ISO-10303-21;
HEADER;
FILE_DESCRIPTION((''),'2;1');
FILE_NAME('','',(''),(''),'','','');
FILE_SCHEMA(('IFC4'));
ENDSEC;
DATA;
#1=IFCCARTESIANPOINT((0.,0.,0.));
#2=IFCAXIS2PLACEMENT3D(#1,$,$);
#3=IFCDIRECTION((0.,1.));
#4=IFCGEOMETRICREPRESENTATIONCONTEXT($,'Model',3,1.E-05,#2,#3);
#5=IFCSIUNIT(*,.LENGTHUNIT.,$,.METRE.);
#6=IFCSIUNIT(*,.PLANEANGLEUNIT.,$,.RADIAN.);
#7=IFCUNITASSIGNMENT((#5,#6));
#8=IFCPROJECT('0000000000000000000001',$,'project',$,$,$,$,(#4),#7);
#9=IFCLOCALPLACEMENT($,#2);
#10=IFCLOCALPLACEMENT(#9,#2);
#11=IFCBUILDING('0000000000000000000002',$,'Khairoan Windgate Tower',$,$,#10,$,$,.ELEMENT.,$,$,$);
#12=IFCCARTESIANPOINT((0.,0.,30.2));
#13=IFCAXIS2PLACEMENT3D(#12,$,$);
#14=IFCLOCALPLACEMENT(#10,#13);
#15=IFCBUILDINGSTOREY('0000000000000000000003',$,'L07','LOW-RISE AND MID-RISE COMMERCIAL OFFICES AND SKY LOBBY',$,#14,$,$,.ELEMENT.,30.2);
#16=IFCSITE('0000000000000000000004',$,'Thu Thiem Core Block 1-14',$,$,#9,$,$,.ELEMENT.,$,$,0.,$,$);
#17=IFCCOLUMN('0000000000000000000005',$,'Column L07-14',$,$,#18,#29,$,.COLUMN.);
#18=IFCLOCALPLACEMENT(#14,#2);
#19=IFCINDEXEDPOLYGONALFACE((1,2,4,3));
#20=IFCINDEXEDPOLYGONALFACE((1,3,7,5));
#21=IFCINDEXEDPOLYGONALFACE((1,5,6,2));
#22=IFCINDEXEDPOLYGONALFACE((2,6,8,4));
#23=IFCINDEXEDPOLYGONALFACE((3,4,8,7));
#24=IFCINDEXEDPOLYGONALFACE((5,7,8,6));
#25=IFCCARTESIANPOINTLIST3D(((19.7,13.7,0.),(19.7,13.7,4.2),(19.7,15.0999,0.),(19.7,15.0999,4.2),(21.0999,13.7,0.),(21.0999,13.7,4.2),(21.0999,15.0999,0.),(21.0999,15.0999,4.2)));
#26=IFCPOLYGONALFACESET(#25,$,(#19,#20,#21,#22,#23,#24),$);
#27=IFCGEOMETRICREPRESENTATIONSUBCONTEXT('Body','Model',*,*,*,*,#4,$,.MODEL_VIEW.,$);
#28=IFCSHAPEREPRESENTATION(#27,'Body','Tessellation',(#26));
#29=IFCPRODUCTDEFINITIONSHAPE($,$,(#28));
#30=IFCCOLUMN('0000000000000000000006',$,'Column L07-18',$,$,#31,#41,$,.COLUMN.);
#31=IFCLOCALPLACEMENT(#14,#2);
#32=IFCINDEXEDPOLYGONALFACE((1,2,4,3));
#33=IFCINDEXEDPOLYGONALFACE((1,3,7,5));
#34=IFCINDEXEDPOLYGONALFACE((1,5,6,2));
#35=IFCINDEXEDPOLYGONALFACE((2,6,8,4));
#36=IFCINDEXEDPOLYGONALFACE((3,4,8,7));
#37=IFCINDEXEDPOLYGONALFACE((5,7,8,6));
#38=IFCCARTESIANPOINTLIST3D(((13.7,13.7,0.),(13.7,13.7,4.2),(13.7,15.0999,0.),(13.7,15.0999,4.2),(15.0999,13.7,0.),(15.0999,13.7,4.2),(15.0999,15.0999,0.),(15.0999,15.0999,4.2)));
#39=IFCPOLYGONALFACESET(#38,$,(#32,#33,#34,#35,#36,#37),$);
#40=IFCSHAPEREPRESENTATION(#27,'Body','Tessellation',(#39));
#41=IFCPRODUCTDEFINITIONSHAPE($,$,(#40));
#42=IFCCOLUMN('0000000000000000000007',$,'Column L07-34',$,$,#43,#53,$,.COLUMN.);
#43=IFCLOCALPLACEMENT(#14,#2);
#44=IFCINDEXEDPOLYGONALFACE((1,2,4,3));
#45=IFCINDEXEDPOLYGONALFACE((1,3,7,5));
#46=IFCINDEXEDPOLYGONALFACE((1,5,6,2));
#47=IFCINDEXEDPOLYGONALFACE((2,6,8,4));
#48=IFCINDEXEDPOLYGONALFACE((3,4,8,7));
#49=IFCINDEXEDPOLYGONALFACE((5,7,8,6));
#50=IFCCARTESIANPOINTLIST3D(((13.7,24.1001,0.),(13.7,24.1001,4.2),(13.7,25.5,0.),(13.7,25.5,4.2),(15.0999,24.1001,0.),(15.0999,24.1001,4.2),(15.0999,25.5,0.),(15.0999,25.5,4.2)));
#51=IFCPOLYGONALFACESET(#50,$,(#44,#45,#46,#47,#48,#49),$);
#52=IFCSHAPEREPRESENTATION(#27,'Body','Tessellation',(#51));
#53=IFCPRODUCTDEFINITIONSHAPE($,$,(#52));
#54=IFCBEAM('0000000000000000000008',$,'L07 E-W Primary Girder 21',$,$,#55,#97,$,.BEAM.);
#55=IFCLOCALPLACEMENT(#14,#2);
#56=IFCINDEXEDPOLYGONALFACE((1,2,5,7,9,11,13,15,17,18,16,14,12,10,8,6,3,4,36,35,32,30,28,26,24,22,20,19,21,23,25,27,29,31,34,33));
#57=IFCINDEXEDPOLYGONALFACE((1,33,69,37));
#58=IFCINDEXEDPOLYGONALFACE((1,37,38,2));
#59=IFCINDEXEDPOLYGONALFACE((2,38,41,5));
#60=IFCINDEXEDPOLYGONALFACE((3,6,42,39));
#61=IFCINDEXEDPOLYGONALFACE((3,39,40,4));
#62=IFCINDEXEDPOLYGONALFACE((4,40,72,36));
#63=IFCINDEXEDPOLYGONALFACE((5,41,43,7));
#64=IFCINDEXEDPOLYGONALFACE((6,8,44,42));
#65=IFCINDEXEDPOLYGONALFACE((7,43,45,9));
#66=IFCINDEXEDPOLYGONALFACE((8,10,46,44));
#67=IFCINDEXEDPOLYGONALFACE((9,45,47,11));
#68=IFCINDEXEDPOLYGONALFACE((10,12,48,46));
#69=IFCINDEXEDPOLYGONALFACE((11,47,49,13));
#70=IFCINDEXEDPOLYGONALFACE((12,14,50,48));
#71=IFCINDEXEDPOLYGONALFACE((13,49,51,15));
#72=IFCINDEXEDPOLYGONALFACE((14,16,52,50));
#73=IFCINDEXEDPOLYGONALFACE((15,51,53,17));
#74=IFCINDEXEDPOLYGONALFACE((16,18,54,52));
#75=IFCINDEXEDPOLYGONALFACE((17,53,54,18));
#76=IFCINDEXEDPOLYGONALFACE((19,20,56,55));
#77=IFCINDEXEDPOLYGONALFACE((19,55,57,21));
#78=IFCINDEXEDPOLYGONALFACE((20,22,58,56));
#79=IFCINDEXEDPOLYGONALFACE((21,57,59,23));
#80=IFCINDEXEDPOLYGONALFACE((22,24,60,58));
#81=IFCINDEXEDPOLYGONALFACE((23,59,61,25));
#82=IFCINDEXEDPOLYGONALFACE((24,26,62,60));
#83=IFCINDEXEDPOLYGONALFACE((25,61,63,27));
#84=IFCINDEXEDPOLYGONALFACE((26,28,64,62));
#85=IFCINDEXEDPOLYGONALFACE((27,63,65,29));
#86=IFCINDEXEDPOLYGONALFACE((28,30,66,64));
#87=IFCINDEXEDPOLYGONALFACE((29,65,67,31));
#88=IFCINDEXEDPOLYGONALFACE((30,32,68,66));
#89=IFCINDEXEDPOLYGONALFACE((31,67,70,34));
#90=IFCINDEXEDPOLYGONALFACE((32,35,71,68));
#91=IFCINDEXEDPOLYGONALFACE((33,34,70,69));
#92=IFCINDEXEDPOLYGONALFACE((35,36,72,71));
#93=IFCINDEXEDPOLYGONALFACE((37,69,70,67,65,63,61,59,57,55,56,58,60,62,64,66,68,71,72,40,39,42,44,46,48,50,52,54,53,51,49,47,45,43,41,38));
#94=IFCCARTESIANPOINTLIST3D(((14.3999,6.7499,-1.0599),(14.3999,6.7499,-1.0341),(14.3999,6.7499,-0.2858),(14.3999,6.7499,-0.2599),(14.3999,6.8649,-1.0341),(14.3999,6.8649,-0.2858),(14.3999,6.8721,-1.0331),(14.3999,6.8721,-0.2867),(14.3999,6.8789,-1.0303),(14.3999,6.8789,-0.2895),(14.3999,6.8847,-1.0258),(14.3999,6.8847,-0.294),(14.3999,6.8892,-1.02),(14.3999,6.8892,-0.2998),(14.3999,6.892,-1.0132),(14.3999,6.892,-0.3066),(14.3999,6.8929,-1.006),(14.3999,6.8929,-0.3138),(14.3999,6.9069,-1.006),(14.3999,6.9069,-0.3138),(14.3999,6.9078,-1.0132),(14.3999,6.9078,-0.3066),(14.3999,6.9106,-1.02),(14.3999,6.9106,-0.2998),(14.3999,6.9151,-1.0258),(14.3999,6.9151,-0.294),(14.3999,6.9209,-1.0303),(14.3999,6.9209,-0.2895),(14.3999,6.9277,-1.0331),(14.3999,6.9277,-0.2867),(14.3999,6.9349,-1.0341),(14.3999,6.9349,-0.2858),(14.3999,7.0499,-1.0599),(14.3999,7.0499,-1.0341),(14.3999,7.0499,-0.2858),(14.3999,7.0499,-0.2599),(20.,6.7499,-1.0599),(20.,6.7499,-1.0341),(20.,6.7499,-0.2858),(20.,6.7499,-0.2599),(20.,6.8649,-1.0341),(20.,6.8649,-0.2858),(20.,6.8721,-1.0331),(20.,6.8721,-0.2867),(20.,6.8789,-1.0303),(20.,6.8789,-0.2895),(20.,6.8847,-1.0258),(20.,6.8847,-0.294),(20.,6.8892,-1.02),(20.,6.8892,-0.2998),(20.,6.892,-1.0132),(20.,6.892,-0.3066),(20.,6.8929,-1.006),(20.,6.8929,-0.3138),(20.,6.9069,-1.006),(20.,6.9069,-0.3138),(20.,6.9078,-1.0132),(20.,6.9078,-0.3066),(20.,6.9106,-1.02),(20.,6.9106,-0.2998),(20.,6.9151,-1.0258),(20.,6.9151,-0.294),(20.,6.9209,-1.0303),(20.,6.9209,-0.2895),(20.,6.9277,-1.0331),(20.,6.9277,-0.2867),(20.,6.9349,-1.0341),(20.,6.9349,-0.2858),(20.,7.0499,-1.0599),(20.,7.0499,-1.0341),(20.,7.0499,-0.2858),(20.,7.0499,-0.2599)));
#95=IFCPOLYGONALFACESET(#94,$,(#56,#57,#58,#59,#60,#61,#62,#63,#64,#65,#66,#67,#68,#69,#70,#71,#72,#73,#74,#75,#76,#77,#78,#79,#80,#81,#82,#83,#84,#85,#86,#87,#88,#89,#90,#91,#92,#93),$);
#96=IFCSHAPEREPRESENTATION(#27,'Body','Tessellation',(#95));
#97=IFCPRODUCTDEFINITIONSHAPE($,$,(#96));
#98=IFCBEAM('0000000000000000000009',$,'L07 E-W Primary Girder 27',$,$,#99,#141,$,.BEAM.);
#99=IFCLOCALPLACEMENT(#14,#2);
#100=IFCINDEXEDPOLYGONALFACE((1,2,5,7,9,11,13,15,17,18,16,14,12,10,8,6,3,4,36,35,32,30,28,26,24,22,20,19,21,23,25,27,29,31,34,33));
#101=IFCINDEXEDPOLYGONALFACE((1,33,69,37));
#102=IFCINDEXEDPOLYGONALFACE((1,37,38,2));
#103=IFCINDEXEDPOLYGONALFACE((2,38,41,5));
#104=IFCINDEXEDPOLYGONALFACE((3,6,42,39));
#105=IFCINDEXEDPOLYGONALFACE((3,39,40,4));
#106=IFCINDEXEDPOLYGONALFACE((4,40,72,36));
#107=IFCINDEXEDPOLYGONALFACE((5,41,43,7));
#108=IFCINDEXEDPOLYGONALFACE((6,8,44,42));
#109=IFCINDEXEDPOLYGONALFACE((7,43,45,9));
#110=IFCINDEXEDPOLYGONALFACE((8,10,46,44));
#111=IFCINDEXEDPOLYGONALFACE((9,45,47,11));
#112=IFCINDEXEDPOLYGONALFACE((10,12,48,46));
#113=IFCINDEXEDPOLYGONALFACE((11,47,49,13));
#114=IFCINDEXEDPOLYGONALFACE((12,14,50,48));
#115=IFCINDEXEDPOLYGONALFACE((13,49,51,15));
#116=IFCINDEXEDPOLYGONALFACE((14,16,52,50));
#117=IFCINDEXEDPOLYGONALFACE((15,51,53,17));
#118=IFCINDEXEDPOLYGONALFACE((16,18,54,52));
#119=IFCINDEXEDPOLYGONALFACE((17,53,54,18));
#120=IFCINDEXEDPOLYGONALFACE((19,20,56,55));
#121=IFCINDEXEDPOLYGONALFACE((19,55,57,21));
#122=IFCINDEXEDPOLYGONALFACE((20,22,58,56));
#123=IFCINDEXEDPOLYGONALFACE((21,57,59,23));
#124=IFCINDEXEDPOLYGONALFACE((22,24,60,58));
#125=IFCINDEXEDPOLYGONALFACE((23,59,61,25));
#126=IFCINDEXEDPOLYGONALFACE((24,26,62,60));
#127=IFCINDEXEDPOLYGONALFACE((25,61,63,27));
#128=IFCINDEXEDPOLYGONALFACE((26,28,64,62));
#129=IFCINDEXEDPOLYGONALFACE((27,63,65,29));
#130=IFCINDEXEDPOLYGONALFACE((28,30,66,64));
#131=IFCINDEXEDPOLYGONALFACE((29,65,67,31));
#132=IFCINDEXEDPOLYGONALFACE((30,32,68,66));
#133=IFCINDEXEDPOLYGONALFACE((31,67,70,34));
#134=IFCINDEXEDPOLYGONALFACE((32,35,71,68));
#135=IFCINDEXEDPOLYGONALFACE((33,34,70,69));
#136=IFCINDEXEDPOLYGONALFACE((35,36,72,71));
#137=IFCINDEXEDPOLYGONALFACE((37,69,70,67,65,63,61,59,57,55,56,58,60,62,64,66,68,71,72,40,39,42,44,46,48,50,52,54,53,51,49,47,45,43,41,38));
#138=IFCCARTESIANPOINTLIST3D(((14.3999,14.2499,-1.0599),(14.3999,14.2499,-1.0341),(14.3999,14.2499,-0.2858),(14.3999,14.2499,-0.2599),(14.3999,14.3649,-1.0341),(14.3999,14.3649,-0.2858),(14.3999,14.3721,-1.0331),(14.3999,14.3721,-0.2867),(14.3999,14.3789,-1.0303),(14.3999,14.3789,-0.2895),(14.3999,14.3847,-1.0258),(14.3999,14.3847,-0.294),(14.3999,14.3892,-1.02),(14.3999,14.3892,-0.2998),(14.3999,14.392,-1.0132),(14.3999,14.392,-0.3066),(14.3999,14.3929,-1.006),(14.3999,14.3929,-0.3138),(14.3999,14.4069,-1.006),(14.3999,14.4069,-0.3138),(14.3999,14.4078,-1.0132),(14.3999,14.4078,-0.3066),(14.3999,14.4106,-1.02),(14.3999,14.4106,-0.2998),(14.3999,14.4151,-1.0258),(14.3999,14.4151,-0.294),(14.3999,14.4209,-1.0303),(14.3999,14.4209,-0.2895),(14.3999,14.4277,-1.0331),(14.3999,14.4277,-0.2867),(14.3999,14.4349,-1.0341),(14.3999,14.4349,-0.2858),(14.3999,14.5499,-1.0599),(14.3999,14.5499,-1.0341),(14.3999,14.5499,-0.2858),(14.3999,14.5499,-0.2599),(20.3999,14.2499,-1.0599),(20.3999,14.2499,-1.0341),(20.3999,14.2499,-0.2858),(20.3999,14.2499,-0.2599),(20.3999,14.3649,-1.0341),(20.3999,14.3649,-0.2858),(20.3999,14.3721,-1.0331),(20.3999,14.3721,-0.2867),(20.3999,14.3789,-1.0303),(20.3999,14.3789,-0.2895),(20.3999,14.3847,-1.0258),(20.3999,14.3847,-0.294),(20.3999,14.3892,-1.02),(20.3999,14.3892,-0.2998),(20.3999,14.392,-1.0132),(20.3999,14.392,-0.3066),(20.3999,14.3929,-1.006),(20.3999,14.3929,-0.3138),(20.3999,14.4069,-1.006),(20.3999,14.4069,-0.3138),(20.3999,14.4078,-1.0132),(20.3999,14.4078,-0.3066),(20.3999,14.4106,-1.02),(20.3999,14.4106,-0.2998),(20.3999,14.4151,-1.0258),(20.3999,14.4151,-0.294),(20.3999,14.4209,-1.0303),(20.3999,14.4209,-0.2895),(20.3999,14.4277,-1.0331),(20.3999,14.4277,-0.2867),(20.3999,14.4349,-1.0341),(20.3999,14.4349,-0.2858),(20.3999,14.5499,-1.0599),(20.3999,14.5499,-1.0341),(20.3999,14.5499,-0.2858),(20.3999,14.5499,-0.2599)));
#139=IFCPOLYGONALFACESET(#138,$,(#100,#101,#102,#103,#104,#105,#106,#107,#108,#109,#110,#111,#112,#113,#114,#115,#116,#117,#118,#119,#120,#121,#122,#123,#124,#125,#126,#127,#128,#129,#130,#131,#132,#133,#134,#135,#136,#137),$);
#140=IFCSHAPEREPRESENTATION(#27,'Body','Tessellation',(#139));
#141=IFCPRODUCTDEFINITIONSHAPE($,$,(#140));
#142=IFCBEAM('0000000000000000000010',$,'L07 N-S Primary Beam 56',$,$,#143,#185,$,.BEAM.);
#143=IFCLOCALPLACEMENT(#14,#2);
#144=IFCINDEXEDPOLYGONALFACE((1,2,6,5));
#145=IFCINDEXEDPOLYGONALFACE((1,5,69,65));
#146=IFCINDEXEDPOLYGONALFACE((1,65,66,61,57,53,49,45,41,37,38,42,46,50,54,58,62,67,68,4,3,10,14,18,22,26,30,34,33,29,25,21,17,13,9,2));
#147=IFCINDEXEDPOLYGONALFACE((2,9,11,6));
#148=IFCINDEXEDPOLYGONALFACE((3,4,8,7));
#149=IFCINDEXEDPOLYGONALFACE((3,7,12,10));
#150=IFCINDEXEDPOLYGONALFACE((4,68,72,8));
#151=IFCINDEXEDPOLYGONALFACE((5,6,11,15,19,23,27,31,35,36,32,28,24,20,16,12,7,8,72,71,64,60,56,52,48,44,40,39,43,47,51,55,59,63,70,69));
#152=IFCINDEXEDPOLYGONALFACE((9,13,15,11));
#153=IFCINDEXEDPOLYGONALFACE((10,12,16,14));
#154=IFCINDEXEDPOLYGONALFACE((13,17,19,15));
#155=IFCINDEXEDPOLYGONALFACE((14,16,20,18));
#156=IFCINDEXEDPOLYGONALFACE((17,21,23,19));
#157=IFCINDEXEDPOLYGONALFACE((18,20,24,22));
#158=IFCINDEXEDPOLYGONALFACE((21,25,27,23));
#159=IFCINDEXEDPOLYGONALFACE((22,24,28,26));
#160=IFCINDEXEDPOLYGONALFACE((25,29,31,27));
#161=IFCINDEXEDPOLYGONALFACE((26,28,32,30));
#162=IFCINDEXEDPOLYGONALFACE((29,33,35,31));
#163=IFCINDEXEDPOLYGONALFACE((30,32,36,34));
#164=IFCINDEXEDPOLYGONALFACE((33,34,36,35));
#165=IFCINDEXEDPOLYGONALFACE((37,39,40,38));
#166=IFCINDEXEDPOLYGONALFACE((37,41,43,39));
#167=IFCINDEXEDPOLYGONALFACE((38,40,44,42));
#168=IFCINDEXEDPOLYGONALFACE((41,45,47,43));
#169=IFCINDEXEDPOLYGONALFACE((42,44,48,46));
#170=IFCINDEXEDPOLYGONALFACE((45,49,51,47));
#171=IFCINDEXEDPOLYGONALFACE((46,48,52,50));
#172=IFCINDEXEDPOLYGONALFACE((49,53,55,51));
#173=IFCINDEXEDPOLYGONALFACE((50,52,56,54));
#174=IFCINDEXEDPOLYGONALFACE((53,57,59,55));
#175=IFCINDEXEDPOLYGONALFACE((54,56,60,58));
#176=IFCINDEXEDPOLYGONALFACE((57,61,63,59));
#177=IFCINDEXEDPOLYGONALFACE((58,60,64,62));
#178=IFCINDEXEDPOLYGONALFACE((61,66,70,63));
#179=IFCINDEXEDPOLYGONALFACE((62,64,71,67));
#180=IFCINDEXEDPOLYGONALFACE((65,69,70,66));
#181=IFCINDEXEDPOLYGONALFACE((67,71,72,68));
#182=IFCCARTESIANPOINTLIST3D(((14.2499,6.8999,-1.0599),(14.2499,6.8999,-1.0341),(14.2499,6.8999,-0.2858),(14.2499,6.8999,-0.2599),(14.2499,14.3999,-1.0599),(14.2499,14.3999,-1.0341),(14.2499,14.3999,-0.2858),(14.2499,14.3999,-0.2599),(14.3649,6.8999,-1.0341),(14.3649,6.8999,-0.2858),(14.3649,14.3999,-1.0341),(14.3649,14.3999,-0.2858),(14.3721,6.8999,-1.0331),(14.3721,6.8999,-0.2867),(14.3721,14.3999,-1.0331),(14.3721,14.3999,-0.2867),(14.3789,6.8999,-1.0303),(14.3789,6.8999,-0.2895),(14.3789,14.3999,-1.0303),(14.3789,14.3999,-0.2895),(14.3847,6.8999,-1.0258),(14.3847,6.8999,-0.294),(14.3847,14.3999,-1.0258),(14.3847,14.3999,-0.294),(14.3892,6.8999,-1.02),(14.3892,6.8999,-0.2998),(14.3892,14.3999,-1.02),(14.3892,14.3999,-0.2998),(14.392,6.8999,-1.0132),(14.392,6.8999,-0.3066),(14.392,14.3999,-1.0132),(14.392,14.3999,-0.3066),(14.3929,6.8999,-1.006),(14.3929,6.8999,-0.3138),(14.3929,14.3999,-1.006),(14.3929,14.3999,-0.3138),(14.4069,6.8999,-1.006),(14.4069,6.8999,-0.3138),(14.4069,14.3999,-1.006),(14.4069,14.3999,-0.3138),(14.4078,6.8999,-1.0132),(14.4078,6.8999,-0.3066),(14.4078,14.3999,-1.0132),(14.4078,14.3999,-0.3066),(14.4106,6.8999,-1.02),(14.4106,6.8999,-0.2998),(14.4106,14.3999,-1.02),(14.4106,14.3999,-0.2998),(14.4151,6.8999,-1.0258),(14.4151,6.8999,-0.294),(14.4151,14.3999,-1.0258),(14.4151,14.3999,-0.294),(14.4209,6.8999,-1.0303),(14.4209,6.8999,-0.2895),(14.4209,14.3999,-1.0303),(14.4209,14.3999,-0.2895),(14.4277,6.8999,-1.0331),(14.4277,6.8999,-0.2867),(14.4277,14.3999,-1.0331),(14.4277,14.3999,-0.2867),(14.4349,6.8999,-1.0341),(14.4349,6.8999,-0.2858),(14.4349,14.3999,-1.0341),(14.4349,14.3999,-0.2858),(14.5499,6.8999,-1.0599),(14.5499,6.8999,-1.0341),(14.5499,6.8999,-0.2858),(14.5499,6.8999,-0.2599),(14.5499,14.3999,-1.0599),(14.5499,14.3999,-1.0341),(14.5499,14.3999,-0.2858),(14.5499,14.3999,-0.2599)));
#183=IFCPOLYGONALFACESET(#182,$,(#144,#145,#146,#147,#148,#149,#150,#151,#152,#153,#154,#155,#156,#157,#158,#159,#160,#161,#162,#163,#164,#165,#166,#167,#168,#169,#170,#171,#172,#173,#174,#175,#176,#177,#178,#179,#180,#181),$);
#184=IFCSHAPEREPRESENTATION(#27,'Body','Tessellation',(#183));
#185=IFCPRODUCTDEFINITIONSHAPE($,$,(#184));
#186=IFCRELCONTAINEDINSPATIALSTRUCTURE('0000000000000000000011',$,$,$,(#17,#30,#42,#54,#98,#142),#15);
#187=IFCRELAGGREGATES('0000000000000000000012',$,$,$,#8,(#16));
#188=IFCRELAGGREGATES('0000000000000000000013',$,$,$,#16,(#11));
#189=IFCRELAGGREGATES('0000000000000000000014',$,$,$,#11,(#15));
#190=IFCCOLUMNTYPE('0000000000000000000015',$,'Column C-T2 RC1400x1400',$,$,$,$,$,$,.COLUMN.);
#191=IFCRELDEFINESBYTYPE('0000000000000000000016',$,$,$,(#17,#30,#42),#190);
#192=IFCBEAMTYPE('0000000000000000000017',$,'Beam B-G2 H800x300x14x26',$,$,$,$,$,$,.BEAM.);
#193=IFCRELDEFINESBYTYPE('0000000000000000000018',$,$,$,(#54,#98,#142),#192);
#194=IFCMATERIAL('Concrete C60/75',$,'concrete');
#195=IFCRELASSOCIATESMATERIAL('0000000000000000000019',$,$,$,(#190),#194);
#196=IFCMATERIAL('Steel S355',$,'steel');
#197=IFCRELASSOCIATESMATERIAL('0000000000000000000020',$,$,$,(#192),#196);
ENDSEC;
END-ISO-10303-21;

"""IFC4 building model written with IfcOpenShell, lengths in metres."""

from ifc_helpers import new_model, si_unit, direction, frame, origin, origin_2d, place, context, subcontext, project, spatial, rectangle, i_section, extrude, material, material_profile, profile_set, type_object, element, save


model = new_model("IFC4")

# Units and contexts
model_context = context("Model", 3, precision=1e-05, world=origin(), true_north=direction((0.0, 1.0)))
body_context = subcontext(model_context, "Body", "Model", "MODEL_VIEW")
ifc_project = project(units=[si_unit("LENGTHUNIT", "METRE"), si_unit("PLANEANGLEUNIT", "RADIAN")], contexts=[model_context])

# Site, building, storey
site_placement = place(None, origin())
site = spatial("IfcSite", under=ifc_project, at=site_placement, Name="Thu Thiem Core Block 1-14", CompositionType="ELEMENT", RefElevation=0.0)
building_placement = place(site_placement, origin())
building = spatial("IfcBuilding", under=site, at=building_placement, Name="Khairoan Windgate Tower", CompositionType="ELEMENT")
storey_placement = place(building_placement, frame((0.0, 0.0, 30.2)))
storey = spatial("IfcBuildingStorey", under=building, at=storey_placement, Name="L07", Description="LOW-RISE AND MID-RISE COMMERCIAL OFFICES AND SKY LOBBY", CompositionType="ELEMENT", Elevation=30.2)

# Columns
ifc_material_1 = material(Name="Concrete C60/75", Category="concrete")
ifc_material_profile_1 = material_profile(ifc_material_1, rectangle(XDim=1.3999, YDim=1.3999, at=origin_2d()))
ifc_profile_set_1 = profile_set([ifc_material_profile_1], Name="Concrete C60/75")
column_type = type_object("IfcColumnType", Name="Column C-T2 RC1400x1400", PredefinedType="COLUMN", material=ifc_profile_set_1)
for number, where, z_axis, x_axis, name in (
    (1, (20.3999, 14.3999, 0.0), (0.0, 0.0, 1.0), (1.0, 0.0, 0.0), "Column L07-14"),
    (2, (14.3999, 14.3999, 0.0), (0.0, 0.0, 1.0), (1.0, 0.0, 0.0), "Column L07-18"),
    (3, (14.3999, 24.8, 0.0), (0.0, 0.0, 1.0), (1.0, 0.0, 0.0), "Column L07-34"),
):
    element("IfcColumn", number, at=place(storey_placement, frame(where, z_axis=z_axis, x_axis=x_axis)), inside=storey, type_object=column_type, Name=name, PredefinedType="COLUMN", context=body_context, shape_type="SweptSolid", body=[
        extrude(rectangle(XDim=1.3999, YDim=1.3999, at=origin_2d()), origin(), (0.0, 0.0, 1.0), 4.2),
    ])

# Beams
ifc_material_2 = material(Name="Steel S355", Category="steel")
ifc_material_profile_2 = material_profile(ifc_material_2, i_section(OverallWidth=0.3, OverallDepth=0.8, WebThickness=0.0139, FlangeThickness=0.0259, FilletRadius=0.0281, at=origin_2d()))
ifc_profile_set_2 = profile_set([ifc_material_profile_2], Name="Steel S355")
beam_type_1 = type_object("IfcBeamType", Name="Beam B-G2 H800x300x14x26", PredefinedType="BEAM", material=ifc_profile_set_2)
beam_1_placement = place(storey_placement, frame((14.3999, 6.8999, -0.6599), z_axis=(1.0, 0.0, 0.0), x_axis=(0.0, 1.0, 0.0)))
element("IfcBeam", 4, at=beam_1_placement, inside=storey, type_object=beam_type_1, Name="L07 E-W Primary Girder 21", PredefinedType="BEAM", context=body_context, shape_type="SweptSolid", body=[
    extrude(i_section(OverallWidth=0.3, OverallDepth=0.8, WebThickness=0.0139, FlangeThickness=0.0259, FilletRadius=0.0281, at=origin_2d()), origin(), (0.0, 0.0, 1.0), 5.6001),
])
beam_2_placement = place(storey_placement, frame((14.3999, 14.3999, -0.6599), z_axis=(1.0, 0.0, 0.0), x_axis=(0.0, 1.0, 0.0)))
element("IfcBeam", 5, at=beam_2_placement, inside=storey, type_object=beam_type_1, Name="L07 E-W Primary Girder 27", PredefinedType="BEAM", context=body_context, shape_type="SweptSolid", body=[
    extrude(i_section(OverallWidth=0.3, OverallDepth=0.8, WebThickness=0.0139, FlangeThickness=0.0259, FilletRadius=0.0281, at=origin_2d()), origin(), (0.0, 0.0, 1.0), 6.0),
])
beam_3_placement = place(storey_placement, frame((14.3999, 6.8999, -0.6599), z_axis=(0.0, 1.0, 0.0), x_axis=(-1.0, 0.0, 0.0)))
element("IfcBeam", 6, at=beam_3_placement, inside=storey, type_object=beam_type_1, Name="L07 N-S Primary Beam 56", PredefinedType="BEAM", context=body_context, shape_type="SweptSolid", body=[
    extrude(i_section(OverallWidth=0.3, OverallDepth=0.8, WebThickness=0.0139, FlangeThickness=0.0259, FilletRadius=0.0281, at=origin_2d()), origin(), (0.0, 0.0, 1.0), 7.5),
])

save(model, "model.ifc")
